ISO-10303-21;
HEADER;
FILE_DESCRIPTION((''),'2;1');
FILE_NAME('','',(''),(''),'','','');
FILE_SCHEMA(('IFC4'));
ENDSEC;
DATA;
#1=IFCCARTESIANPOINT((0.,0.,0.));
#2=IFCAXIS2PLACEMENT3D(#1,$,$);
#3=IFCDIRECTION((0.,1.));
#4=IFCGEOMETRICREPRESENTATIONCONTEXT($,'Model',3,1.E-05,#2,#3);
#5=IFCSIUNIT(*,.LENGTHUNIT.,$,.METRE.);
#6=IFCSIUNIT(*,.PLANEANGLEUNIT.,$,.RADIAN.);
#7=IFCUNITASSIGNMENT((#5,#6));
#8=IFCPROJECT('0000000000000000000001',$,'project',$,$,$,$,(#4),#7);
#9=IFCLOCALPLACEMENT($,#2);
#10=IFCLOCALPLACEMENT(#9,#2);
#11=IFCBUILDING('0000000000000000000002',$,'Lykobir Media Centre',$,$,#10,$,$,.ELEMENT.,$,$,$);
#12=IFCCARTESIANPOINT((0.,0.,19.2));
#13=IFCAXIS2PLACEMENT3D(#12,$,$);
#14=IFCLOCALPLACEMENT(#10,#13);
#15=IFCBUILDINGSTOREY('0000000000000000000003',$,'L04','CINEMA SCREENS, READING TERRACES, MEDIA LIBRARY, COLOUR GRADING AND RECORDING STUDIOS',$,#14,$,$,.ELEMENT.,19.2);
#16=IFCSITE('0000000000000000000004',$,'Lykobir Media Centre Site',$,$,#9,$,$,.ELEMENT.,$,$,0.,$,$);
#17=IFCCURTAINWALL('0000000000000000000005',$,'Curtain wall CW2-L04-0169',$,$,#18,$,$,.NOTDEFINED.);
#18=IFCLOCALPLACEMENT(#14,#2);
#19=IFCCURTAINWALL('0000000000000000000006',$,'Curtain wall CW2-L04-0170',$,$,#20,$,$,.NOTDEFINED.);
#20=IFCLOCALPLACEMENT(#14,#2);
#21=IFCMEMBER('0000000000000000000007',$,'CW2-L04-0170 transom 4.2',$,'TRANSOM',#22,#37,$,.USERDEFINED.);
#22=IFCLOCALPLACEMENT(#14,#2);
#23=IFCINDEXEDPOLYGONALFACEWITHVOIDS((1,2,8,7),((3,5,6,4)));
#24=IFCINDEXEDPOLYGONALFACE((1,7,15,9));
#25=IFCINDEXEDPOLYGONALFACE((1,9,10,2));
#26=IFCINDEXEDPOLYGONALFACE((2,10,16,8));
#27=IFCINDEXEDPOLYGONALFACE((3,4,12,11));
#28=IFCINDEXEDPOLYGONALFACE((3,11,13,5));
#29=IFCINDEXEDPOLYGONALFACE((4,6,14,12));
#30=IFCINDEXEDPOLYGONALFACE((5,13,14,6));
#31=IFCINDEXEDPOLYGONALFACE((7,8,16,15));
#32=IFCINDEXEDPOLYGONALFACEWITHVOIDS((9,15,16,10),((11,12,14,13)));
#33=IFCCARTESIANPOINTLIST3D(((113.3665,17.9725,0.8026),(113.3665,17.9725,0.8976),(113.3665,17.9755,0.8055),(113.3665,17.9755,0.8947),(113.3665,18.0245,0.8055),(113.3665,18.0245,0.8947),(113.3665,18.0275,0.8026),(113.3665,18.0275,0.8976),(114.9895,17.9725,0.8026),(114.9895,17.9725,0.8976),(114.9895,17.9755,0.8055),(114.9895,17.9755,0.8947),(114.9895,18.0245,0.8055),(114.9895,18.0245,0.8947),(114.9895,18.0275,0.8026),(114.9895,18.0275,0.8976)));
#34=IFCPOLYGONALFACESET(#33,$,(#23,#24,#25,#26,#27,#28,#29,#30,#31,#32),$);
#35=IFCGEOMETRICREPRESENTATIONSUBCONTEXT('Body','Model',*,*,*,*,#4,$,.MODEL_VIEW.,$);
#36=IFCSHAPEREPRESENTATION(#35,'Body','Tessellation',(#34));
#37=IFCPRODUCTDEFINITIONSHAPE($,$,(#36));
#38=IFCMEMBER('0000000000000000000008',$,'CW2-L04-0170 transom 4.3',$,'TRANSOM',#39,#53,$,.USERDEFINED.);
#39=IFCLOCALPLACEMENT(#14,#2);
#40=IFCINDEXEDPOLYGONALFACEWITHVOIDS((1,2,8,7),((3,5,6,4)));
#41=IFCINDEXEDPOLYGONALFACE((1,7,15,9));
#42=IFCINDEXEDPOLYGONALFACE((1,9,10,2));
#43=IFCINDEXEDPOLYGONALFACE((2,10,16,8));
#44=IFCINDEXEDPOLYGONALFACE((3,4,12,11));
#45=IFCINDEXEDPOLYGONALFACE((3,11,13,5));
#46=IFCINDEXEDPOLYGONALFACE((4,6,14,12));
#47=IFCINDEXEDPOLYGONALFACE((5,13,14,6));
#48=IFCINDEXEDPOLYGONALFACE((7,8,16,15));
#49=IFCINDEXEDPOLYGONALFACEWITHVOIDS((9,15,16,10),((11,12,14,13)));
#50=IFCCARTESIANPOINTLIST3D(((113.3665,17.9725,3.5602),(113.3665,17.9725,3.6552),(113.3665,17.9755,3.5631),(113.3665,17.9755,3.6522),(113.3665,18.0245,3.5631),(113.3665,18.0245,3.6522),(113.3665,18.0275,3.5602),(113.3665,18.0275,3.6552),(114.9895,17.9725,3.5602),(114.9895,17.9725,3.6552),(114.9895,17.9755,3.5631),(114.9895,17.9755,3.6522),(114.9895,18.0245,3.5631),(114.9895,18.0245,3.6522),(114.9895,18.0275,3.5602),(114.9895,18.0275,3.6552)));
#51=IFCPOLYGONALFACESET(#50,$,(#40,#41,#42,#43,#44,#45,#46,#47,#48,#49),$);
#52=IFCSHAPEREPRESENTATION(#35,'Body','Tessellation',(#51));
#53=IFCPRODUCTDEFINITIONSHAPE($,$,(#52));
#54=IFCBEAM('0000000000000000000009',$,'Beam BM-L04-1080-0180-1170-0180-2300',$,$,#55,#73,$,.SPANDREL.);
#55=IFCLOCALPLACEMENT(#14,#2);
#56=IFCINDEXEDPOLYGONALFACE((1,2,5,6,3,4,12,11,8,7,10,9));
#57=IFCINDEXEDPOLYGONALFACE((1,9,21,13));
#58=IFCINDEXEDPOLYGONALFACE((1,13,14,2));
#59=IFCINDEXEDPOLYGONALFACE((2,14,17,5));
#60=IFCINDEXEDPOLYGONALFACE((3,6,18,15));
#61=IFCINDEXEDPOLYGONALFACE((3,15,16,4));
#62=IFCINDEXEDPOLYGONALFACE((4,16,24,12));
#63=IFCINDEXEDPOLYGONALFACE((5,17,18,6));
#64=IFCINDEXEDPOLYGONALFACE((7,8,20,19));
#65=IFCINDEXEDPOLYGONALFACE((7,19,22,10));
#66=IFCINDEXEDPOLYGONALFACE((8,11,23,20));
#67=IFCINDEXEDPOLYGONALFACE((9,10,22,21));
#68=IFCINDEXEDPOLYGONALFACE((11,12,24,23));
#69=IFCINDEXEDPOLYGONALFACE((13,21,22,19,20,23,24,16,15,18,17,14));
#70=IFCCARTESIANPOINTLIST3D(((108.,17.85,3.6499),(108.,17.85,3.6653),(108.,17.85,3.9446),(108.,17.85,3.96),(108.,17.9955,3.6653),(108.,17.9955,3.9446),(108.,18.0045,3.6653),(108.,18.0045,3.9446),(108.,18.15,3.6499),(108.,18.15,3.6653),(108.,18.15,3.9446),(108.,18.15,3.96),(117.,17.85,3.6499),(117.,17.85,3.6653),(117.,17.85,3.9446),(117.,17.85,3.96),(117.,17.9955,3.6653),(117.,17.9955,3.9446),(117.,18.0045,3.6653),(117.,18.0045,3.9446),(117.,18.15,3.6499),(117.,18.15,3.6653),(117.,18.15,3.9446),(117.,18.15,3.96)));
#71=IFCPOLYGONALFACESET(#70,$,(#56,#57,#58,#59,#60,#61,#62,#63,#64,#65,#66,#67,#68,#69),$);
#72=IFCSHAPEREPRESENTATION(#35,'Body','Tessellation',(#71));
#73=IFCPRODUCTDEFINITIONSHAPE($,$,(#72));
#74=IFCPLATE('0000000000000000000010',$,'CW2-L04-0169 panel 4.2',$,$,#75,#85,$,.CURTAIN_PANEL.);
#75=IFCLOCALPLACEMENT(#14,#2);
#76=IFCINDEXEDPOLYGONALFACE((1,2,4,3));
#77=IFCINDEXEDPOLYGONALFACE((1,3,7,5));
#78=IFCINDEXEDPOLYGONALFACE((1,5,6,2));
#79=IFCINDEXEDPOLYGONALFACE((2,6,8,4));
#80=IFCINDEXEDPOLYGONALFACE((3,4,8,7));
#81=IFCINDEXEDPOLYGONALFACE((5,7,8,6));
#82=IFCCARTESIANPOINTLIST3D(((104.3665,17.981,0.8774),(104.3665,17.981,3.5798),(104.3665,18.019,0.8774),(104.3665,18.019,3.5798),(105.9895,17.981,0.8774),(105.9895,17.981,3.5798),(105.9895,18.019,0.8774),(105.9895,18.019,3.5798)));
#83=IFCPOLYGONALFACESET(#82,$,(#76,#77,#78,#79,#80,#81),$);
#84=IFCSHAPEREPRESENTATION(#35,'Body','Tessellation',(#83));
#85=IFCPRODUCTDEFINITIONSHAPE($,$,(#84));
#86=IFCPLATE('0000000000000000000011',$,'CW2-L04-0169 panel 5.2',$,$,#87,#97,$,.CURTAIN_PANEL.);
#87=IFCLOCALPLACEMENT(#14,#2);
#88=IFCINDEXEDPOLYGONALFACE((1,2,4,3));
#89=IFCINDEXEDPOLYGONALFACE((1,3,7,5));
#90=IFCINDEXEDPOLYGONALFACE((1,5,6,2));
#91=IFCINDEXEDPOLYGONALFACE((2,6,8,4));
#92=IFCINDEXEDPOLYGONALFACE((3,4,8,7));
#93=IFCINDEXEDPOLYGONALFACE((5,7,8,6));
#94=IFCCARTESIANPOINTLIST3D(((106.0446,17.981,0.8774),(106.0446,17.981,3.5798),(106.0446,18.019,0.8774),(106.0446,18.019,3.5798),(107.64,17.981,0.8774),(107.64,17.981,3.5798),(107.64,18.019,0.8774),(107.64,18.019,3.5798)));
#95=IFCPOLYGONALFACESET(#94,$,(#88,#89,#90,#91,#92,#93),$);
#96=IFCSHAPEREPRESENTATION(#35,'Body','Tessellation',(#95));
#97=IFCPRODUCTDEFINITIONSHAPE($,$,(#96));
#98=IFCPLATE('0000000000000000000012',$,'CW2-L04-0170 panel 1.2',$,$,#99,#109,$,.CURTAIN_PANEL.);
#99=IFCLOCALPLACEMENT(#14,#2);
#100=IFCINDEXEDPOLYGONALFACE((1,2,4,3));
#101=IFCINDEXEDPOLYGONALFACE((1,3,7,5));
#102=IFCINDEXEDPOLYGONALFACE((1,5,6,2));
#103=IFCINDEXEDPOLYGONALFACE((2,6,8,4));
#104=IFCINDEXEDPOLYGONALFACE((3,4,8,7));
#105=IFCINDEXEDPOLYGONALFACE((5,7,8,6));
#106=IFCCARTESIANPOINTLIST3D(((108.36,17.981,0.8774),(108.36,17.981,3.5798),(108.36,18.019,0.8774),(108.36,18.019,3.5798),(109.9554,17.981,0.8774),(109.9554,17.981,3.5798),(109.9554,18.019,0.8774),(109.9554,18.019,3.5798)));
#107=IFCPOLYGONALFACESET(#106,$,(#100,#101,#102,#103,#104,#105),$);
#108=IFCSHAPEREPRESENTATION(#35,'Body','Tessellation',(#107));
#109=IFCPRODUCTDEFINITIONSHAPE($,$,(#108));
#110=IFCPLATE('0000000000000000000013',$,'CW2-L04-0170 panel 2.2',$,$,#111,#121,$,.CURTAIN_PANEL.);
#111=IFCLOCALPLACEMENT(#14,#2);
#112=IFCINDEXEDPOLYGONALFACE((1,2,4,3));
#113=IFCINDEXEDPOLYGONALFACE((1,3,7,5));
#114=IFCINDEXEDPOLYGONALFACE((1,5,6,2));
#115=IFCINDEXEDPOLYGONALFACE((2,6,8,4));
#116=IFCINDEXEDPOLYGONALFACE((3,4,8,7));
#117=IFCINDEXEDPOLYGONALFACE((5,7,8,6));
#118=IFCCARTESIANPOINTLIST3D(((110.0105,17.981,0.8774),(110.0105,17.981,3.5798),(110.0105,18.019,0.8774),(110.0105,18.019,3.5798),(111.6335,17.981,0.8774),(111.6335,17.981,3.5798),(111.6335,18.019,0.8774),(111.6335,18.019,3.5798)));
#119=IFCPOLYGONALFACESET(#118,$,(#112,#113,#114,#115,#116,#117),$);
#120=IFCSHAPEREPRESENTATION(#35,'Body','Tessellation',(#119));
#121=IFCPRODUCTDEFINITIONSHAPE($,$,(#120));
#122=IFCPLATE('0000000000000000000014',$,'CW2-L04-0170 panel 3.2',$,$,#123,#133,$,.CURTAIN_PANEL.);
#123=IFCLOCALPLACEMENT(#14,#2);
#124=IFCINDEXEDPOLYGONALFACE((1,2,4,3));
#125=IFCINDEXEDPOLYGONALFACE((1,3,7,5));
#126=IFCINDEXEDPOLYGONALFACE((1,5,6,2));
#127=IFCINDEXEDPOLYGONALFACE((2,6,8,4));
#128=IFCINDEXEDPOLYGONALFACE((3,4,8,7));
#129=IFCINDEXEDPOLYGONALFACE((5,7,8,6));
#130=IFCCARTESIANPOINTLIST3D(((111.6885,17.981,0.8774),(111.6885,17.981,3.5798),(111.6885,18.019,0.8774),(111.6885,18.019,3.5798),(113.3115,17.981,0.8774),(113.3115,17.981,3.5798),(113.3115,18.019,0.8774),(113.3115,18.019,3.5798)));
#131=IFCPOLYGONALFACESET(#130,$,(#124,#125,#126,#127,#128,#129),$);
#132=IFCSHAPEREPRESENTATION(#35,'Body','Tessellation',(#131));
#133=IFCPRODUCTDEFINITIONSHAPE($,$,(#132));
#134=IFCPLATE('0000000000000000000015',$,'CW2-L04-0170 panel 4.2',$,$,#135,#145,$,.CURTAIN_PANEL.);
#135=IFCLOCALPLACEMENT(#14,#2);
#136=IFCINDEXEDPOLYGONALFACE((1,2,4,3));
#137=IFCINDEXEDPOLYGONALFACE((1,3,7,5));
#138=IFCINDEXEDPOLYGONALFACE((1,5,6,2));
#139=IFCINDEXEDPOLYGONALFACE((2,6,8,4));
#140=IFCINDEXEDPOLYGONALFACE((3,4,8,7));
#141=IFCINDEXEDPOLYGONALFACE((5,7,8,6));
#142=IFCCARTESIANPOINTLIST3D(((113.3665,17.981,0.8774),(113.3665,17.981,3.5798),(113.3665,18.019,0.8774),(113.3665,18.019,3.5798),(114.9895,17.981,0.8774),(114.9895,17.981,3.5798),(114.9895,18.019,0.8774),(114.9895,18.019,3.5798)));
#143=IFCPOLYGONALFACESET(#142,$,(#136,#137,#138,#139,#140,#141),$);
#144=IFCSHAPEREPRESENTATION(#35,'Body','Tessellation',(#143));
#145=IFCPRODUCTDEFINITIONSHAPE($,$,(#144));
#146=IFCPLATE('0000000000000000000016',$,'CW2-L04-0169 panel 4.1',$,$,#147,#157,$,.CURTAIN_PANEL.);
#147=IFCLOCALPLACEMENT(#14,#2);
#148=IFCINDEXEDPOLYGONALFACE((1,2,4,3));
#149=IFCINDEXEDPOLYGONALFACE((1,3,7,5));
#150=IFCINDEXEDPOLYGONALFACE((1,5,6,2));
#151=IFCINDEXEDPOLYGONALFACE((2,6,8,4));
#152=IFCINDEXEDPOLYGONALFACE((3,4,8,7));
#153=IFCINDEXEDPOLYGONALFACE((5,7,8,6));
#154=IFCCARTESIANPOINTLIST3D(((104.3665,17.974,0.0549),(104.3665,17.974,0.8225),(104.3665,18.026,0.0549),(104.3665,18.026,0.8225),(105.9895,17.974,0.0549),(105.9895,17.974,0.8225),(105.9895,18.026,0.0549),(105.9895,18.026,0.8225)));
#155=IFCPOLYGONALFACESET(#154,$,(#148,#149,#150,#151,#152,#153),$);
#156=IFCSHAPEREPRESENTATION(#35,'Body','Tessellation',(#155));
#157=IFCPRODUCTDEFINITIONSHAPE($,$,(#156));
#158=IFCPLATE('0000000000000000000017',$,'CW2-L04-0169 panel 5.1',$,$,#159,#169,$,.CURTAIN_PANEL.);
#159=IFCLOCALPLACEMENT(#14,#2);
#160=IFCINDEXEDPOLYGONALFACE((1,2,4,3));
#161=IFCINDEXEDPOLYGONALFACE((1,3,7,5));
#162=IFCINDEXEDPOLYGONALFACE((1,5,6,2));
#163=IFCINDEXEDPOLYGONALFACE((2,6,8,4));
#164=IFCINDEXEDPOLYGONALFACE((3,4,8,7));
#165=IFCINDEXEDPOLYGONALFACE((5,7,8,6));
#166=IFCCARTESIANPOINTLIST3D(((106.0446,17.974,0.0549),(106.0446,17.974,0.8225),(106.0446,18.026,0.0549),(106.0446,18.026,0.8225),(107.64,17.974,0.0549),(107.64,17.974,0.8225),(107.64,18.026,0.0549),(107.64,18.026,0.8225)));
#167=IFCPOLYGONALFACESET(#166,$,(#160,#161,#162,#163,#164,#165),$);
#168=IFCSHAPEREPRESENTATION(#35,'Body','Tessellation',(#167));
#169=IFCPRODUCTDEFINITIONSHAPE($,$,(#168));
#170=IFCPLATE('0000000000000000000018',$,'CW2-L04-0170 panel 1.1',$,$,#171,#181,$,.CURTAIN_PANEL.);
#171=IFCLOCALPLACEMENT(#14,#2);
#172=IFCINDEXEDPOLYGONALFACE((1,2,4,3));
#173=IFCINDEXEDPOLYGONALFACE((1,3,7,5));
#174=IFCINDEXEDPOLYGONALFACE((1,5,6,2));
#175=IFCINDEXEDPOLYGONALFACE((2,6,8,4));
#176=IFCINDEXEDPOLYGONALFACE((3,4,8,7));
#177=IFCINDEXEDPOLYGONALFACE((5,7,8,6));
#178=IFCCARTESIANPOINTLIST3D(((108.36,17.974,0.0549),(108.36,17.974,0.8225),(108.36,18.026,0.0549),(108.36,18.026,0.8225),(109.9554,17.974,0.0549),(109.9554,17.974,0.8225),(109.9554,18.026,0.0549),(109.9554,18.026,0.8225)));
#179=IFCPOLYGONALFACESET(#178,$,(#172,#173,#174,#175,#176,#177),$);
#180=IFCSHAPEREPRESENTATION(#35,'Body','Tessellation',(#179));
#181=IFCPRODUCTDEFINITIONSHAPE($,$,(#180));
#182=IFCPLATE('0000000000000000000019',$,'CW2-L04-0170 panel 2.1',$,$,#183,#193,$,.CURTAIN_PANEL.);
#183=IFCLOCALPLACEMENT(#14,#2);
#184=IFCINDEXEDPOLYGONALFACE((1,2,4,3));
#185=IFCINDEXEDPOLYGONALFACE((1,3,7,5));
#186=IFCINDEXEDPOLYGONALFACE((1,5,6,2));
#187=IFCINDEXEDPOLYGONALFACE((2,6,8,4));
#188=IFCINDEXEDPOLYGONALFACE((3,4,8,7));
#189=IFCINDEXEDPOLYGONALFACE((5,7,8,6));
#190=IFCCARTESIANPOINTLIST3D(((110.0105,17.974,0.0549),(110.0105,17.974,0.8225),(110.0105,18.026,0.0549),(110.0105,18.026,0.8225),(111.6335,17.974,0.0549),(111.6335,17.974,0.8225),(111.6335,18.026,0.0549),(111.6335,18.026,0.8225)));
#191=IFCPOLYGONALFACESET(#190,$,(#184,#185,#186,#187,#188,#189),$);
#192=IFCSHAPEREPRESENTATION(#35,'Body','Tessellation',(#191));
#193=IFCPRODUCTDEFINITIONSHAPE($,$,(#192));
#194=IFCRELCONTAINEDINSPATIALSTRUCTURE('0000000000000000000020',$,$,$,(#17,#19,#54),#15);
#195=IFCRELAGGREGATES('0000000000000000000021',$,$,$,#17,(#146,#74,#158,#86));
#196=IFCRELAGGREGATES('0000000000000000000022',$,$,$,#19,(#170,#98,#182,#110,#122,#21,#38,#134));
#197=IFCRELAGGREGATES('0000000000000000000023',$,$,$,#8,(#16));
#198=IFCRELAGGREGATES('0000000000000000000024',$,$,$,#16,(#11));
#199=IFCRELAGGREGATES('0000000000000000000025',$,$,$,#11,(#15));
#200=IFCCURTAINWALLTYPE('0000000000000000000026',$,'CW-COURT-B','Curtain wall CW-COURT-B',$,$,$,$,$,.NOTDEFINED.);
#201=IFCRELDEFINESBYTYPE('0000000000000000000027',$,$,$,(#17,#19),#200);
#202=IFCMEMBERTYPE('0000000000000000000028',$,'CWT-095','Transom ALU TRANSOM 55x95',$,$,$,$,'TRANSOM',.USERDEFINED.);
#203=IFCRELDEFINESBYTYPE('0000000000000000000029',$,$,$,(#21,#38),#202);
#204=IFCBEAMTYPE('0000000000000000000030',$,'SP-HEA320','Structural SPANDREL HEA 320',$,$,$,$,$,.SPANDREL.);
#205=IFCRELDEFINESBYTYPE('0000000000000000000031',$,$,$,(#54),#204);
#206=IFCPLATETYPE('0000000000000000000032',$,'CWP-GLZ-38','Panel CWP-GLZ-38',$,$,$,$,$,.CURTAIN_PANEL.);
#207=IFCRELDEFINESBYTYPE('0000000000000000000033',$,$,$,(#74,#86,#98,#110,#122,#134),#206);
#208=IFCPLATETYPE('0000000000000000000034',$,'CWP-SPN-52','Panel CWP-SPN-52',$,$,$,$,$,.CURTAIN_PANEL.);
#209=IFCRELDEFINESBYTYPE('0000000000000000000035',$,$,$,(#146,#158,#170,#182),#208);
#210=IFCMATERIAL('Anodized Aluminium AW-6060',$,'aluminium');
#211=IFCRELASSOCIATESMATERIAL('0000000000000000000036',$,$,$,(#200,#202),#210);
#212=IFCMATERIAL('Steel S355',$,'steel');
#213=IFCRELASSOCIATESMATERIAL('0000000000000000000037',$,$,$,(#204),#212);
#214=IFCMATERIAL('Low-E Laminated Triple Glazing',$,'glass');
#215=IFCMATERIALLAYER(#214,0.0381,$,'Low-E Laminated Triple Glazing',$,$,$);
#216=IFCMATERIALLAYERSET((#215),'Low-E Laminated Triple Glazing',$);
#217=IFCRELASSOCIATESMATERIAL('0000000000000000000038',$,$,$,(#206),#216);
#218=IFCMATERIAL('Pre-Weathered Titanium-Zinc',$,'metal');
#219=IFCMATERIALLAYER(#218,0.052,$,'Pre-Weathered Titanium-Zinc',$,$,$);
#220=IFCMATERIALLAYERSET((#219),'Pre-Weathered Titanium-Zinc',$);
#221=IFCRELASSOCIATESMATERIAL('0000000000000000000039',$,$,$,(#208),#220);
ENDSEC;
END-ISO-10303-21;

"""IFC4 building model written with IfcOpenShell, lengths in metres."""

from ifc_helpers import new_model, si_unit, direction, frame, origin, origin_2d, place, context, subcontext, project, spatial, rectangle, hollow_rectangle, i_section, extrude, material, layer, layer_set, material_profile, profile_set, type_object, element, aggregate, save


model = new_model("IFC4")

# Units and contexts
model_context = context("Model", 3, precision=1e-05, world=origin(), true_north=direction((0.0, 1.0)))
body_context = subcontext(model_context, "Body", "Model", "MODEL_VIEW")
ifc_project = project(units=[si_unit("LENGTHUNIT", "METRE"), si_unit("PLANEANGLEUNIT", "RADIAN")], contexts=[model_context])

# Site, building, storey
site_placement = place(None, origin())
site = spatial("IfcSite", under=ifc_project, at=site_placement, Name="Lykobir Media Centre Site", CompositionType="ELEMENT", RefElevation=0.0)
building_placement = place(site_placement, origin())
building = spatial("IfcBuilding", under=site, at=building_placement, Name="Lykobir Media Centre", CompositionType="ELEMENT")
storey_placement = place(building_placement, frame((0.0, 0.0, 19.2)))
storey = spatial("IfcBuildingStorey", under=building, at=storey_placement, Name="L04", Description="CINEMA SCREENS, READING TERRACES, MEDIA LIBRARY, COLOUR GRADING AND RECORDING STUDIOS", CompositionType="ELEMENT", Elevation=19.2)

# Curtain walls
ifc_material_1 = material(Name="Anodized Aluminium AW-6060", Category="aluminium")
curtain_wall_type = type_object("IfcCurtainWallType", Name="CW-COURT-B", Description="Curtain wall CW-COURT-B", PredefinedType="NOTDEFINED", material=ifc_material_1)
curtain_wall_1_placement = place(storey_placement, origin())
curtain_wall_1 = element("IfcCurtainWall", 1, at=curtain_wall_1_placement, inside=storey, type_object=curtain_wall_type, Name="Curtain wall CW2-L04-0169", PredefinedType="NOTDEFINED")
curtain_wall_2_placement = place(storey_placement, origin())
curtain_wall_2 = element("IfcCurtainWall", 2, at=curtain_wall_2_placement, inside=storey, type_object=curtain_wall_type, Name="Curtain wall CW2-L04-0170", PredefinedType="NOTDEFINED")

# Members
ifc_material_profile_1 = material_profile(ifc_material_1, hollow_rectangle(XDim=0.0549, YDim=0.095, WallThickness=0.0029, at=origin_2d()), Name="ALU TRANSOM 55x95")
ifc_profile_set_1 = profile_set([ifc_material_profile_1], Name="Anodized Aluminium AW-6060")
member_type_1 = type_object("IfcMemberType", Name="CWT-095", Description="Transom ALU TRANSOM 55x95", ElementType="TRANSOM", PredefinedType="USERDEFINED", material=ifc_profile_set_1)
member_1_placement = place(storey_placement, frame((113.3665, 18.0, 0.8501), z_axis=(1.0, 0.0, 0.0), x_axis=(0.0, 1.0, 0.0)))
member_1 = element("IfcMember", 3, at=member_1_placement, type_object=member_type_1, Name="CW2-L04-0170 transom 4.2", ObjectType="TRANSOM", PredefinedType="USERDEFINED", context=body_context, shape_type="SweptSolid", body=[
    extrude(hollow_rectangle(XDim=0.0549, YDim=0.095, WallThickness=0.0029, at=origin_2d()), origin(), (0.0, 0.0, 1.0), 1.623),
])
member_2_placement = place(storey_placement, frame((113.3665, 18.0, 3.6077), z_axis=(1.0, 0.0, 0.0), x_axis=(0.0, 1.0, 0.0)))
member_2 = element("IfcMember", 4, at=member_2_placement, type_object=member_type_1, Name="CW2-L04-0170 transom 4.3", ObjectType="TRANSOM", PredefinedType="USERDEFINED", context=body_context, shape_type="SweptSolid", body=[
    extrude(hollow_rectangle(XDim=0.0549, YDim=0.095, WallThickness=0.0029, at=origin_2d()), origin(), (0.0, 0.0, 1.0), 1.623),
])

# Beam
ifc_material_2 = material(Name="Steel S355", Category="steel")
ifc_material_profile_2 = material_profile(ifc_material_2, i_section(OverallWidth=0.3, OverallDepth=0.3101, WebThickness=0.009, FlangeThickness=0.0154, at=origin_2d()), Name="HEA 320")
ifc_profile_set_2 = profile_set([ifc_material_profile_2], Name="Steel S355")
beam_type = type_object("IfcBeamType", Name="SP-HEA320", Description="Structural SPANDREL HEA 320", PredefinedType="SPANDREL", material=ifc_profile_set_2)
beam_placement = place(storey_placement, frame((108.0, 18.0, 3.8049), z_axis=(1.0, 0.0, 0.0), x_axis=(0.0, 1.0, 0.0)))
element("IfcBeam", 5, at=beam_placement, inside=storey, type_object=beam_type, Name="Beam BM-L04-1080-0180-1170-0180-2300", PredefinedType="SPANDREL", context=body_context, shape_type="SweptSolid", body=[
    extrude(i_section(OverallWidth=0.3, OverallDepth=0.3101, WebThickness=0.009, FlangeThickness=0.0154, at=origin_2d()), origin(), (0.0, 0.0, 1.0), 9.0),
])

# Plates
ifc_material_3 = material(Name="Low-E Laminated Triple Glazing", Category="glass")
ifc_layer_1 = layer(ifc_material_3, 0.0381, Name="Low-E Laminated Triple Glazing")
ifc_layer_set_1 = layer_set([ifc_layer_1], Name="Low-E Laminated Triple Glazing")
plate_type_1 = type_object("IfcPlateType", Name="CWP-GLZ-38", Description="Panel CWP-GLZ-38", PredefinedType="CURTAIN_PANEL", material=ifc_layer_set_1)
plate_1_placement = place(storey_placement, frame((105.178, 18.0, 0.8774), z_axis=(0.0, 0.0, 1.0), x_axis=(1.0, 0.0, 0.0)))
plate_1 = element("IfcPlate", 6, at=plate_1_placement, type_object=plate_type_1, Name="CW2-L04-0169 panel 4.2", PredefinedType="CURTAIN_PANEL", context=body_context, shape_type="SweptSolid", body=[
    extrude(rectangle(XDim=1.623, YDim=0.0381, at=origin_2d()), origin(), (0.0, 0.0, 1.0), 2.7024),
])
plate_2_placement = place(storey_placement, frame((106.8423, 18.0, 0.8774), z_axis=(0.0, 0.0, 1.0), x_axis=(1.0, 0.0, 0.0)))
plate_2 = element("IfcPlate", 7, at=plate_2_placement, type_object=plate_type_1, Name="CW2-L04-0169 panel 5.2", PredefinedType="CURTAIN_PANEL", context=body_context, shape_type="SweptSolid", body=[
    extrude(rectangle(XDim=1.5955, YDim=0.0381, at=origin_2d()), origin(), (0.0, 0.0, 1.0), 2.7024),
])
plate_3_placement = place(storey_placement, frame((109.1577, 18.0, 0.8774), z_axis=(0.0, 0.0, 1.0), x_axis=(1.0, 0.0, 0.0)))
plate_3 = element("IfcPlate", 8, at=plate_3_placement, type_object=plate_type_1, Name="CW2-L04-0170 panel 1.2", PredefinedType="CURTAIN_PANEL", context=body_context, shape_type="SweptSolid", body=[
    extrude(rectangle(XDim=1.5955, YDim=0.0381, at=origin_2d()), origin(), (0.0, 0.0, 1.0), 2.7024),
])
plate_4_placement = place(storey_placement, frame((110.822, 18.0, 0.8774), z_axis=(0.0, 0.0, 1.0), x_axis=(1.0, 0.0, 0.0)))
plate_4 = element("IfcPlate", 9, at=plate_4_placement, type_object=plate_type_1, Name="CW2-L04-0170 panel 2.2", PredefinedType="CURTAIN_PANEL", context=body_context, shape_type="SweptSolid", body=[
    extrude(rectangle(XDim=1.623, YDim=0.0381, at=origin_2d()), origin(), (0.0, 0.0, 1.0), 2.7024),
])
plate_5_placement = place(storey_placement, frame((112.5, 18.0, 0.8774), z_axis=(0.0, 0.0, 1.0), x_axis=(1.0, 0.0, 0.0)))
plate_5 = element("IfcPlate", 10, at=plate_5_placement, type_object=plate_type_1, Name="CW2-L04-0170 panel 3.2", PredefinedType="CURTAIN_PANEL", context=body_context, shape_type="SweptSolid", body=[
    extrude(rectangle(XDim=1.623, YDim=0.0381, at=origin_2d()), origin(), (0.0, 0.0, 1.0), 2.7024),
])
plate_6_placement = place(storey_placement, frame((114.178, 18.0, 0.8774), z_axis=(0.0, 0.0, 1.0), x_axis=(1.0, 0.0, 0.0)))
plate_6 = element("IfcPlate", 11, at=plate_6_placement, type_object=plate_type_1, Name="CW2-L04-0170 panel 4.2", PredefinedType="CURTAIN_PANEL", context=body_context, shape_type="SweptSolid", body=[
    extrude(rectangle(XDim=1.623, YDim=0.0381, at=origin_2d()), origin(), (0.0, 0.0, 1.0), 2.7024),
])
ifc_material_4 = material(Name="Pre-Weathered Titanium-Zinc", Category="metal")
ifc_layer_2 = layer(ifc_material_4, 0.052, Name="Pre-Weathered Titanium-Zinc")
ifc_layer_set_2 = layer_set([ifc_layer_2], Name="Pre-Weathered Titanium-Zinc")
plate_type_2 = type_object("IfcPlateType", Name="CWP-SPN-52", Description="Panel CWP-SPN-52", PredefinedType="CURTAIN_PANEL", material=ifc_layer_set_2)
plate_7_placement = place(storey_placement, frame((105.178, 18.0, 0.0549), z_axis=(0.0, 0.0, 1.0), x_axis=(1.0, 0.0, 0.0)))
plate_7 = element("IfcPlate", 12, at=plate_7_placement, type_object=plate_type_2, Name="CW2-L04-0169 panel 4.1", PredefinedType="CURTAIN_PANEL", context=body_context, shape_type="SweptSolid", body=[
    extrude(rectangle(XDim=1.623, YDim=0.052, at=origin_2d()), origin(), (0.0, 0.0, 1.0), 0.7676),
])
plate_8_placement = place(storey_placement, frame((106.8423, 18.0, 0.0549), z_axis=(0.0, 0.0, 1.0), x_axis=(1.0, 0.0, 0.0)))
plate_8 = element("IfcPlate", 13, at=plate_8_placement, type_object=plate_type_2, Name="CW2-L04-0169 panel 5.1", PredefinedType="CURTAIN_PANEL", context=body_context, shape_type="SweptSolid", body=[
    extrude(rectangle(XDim=1.5955, YDim=0.052, at=origin_2d()), origin(), (0.0, 0.0, 1.0), 0.7676),
])
aggregate(curtain_wall_1, [plate_7, plate_1, plate_8, plate_2])
plate_9_placement = place(storey_placement, frame((109.1577, 18.0, 0.0549), z_axis=(0.0, 0.0, 1.0), x_axis=(1.0, 0.0, 0.0)))
plate_9 = element("IfcPlate", 14, at=plate_9_placement, type_object=plate_type_2, Name="CW2-L04-0170 panel 1.1", PredefinedType="CURTAIN_PANEL", context=body_context, shape_type="SweptSolid", body=[
    extrude(rectangle(XDim=1.5955, YDim=0.052, at=origin_2d()), origin(), (0.0, 0.0, 1.0), 0.7676),
])
plate_10_placement = place(storey_placement, frame((110.822, 18.0, 0.0549), z_axis=(0.0, 0.0, 1.0), x_axis=(1.0, 0.0, 0.0)))
plate_10 = element("IfcPlate", 15, at=plate_10_placement, type_object=plate_type_2, Name="CW2-L04-0170 panel 2.1", PredefinedType="CURTAIN_PANEL", context=body_context, shape_type="SweptSolid", body=[
    extrude(rectangle(XDim=1.623, YDim=0.052, at=origin_2d()), origin(), (0.0, 0.0, 1.0), 0.7676),
])
aggregate(curtain_wall_2, [plate_9, plate_3, plate_10, plate_4, plate_5, member_1, member_2, plate_6])

save(model, "model.ifc")
